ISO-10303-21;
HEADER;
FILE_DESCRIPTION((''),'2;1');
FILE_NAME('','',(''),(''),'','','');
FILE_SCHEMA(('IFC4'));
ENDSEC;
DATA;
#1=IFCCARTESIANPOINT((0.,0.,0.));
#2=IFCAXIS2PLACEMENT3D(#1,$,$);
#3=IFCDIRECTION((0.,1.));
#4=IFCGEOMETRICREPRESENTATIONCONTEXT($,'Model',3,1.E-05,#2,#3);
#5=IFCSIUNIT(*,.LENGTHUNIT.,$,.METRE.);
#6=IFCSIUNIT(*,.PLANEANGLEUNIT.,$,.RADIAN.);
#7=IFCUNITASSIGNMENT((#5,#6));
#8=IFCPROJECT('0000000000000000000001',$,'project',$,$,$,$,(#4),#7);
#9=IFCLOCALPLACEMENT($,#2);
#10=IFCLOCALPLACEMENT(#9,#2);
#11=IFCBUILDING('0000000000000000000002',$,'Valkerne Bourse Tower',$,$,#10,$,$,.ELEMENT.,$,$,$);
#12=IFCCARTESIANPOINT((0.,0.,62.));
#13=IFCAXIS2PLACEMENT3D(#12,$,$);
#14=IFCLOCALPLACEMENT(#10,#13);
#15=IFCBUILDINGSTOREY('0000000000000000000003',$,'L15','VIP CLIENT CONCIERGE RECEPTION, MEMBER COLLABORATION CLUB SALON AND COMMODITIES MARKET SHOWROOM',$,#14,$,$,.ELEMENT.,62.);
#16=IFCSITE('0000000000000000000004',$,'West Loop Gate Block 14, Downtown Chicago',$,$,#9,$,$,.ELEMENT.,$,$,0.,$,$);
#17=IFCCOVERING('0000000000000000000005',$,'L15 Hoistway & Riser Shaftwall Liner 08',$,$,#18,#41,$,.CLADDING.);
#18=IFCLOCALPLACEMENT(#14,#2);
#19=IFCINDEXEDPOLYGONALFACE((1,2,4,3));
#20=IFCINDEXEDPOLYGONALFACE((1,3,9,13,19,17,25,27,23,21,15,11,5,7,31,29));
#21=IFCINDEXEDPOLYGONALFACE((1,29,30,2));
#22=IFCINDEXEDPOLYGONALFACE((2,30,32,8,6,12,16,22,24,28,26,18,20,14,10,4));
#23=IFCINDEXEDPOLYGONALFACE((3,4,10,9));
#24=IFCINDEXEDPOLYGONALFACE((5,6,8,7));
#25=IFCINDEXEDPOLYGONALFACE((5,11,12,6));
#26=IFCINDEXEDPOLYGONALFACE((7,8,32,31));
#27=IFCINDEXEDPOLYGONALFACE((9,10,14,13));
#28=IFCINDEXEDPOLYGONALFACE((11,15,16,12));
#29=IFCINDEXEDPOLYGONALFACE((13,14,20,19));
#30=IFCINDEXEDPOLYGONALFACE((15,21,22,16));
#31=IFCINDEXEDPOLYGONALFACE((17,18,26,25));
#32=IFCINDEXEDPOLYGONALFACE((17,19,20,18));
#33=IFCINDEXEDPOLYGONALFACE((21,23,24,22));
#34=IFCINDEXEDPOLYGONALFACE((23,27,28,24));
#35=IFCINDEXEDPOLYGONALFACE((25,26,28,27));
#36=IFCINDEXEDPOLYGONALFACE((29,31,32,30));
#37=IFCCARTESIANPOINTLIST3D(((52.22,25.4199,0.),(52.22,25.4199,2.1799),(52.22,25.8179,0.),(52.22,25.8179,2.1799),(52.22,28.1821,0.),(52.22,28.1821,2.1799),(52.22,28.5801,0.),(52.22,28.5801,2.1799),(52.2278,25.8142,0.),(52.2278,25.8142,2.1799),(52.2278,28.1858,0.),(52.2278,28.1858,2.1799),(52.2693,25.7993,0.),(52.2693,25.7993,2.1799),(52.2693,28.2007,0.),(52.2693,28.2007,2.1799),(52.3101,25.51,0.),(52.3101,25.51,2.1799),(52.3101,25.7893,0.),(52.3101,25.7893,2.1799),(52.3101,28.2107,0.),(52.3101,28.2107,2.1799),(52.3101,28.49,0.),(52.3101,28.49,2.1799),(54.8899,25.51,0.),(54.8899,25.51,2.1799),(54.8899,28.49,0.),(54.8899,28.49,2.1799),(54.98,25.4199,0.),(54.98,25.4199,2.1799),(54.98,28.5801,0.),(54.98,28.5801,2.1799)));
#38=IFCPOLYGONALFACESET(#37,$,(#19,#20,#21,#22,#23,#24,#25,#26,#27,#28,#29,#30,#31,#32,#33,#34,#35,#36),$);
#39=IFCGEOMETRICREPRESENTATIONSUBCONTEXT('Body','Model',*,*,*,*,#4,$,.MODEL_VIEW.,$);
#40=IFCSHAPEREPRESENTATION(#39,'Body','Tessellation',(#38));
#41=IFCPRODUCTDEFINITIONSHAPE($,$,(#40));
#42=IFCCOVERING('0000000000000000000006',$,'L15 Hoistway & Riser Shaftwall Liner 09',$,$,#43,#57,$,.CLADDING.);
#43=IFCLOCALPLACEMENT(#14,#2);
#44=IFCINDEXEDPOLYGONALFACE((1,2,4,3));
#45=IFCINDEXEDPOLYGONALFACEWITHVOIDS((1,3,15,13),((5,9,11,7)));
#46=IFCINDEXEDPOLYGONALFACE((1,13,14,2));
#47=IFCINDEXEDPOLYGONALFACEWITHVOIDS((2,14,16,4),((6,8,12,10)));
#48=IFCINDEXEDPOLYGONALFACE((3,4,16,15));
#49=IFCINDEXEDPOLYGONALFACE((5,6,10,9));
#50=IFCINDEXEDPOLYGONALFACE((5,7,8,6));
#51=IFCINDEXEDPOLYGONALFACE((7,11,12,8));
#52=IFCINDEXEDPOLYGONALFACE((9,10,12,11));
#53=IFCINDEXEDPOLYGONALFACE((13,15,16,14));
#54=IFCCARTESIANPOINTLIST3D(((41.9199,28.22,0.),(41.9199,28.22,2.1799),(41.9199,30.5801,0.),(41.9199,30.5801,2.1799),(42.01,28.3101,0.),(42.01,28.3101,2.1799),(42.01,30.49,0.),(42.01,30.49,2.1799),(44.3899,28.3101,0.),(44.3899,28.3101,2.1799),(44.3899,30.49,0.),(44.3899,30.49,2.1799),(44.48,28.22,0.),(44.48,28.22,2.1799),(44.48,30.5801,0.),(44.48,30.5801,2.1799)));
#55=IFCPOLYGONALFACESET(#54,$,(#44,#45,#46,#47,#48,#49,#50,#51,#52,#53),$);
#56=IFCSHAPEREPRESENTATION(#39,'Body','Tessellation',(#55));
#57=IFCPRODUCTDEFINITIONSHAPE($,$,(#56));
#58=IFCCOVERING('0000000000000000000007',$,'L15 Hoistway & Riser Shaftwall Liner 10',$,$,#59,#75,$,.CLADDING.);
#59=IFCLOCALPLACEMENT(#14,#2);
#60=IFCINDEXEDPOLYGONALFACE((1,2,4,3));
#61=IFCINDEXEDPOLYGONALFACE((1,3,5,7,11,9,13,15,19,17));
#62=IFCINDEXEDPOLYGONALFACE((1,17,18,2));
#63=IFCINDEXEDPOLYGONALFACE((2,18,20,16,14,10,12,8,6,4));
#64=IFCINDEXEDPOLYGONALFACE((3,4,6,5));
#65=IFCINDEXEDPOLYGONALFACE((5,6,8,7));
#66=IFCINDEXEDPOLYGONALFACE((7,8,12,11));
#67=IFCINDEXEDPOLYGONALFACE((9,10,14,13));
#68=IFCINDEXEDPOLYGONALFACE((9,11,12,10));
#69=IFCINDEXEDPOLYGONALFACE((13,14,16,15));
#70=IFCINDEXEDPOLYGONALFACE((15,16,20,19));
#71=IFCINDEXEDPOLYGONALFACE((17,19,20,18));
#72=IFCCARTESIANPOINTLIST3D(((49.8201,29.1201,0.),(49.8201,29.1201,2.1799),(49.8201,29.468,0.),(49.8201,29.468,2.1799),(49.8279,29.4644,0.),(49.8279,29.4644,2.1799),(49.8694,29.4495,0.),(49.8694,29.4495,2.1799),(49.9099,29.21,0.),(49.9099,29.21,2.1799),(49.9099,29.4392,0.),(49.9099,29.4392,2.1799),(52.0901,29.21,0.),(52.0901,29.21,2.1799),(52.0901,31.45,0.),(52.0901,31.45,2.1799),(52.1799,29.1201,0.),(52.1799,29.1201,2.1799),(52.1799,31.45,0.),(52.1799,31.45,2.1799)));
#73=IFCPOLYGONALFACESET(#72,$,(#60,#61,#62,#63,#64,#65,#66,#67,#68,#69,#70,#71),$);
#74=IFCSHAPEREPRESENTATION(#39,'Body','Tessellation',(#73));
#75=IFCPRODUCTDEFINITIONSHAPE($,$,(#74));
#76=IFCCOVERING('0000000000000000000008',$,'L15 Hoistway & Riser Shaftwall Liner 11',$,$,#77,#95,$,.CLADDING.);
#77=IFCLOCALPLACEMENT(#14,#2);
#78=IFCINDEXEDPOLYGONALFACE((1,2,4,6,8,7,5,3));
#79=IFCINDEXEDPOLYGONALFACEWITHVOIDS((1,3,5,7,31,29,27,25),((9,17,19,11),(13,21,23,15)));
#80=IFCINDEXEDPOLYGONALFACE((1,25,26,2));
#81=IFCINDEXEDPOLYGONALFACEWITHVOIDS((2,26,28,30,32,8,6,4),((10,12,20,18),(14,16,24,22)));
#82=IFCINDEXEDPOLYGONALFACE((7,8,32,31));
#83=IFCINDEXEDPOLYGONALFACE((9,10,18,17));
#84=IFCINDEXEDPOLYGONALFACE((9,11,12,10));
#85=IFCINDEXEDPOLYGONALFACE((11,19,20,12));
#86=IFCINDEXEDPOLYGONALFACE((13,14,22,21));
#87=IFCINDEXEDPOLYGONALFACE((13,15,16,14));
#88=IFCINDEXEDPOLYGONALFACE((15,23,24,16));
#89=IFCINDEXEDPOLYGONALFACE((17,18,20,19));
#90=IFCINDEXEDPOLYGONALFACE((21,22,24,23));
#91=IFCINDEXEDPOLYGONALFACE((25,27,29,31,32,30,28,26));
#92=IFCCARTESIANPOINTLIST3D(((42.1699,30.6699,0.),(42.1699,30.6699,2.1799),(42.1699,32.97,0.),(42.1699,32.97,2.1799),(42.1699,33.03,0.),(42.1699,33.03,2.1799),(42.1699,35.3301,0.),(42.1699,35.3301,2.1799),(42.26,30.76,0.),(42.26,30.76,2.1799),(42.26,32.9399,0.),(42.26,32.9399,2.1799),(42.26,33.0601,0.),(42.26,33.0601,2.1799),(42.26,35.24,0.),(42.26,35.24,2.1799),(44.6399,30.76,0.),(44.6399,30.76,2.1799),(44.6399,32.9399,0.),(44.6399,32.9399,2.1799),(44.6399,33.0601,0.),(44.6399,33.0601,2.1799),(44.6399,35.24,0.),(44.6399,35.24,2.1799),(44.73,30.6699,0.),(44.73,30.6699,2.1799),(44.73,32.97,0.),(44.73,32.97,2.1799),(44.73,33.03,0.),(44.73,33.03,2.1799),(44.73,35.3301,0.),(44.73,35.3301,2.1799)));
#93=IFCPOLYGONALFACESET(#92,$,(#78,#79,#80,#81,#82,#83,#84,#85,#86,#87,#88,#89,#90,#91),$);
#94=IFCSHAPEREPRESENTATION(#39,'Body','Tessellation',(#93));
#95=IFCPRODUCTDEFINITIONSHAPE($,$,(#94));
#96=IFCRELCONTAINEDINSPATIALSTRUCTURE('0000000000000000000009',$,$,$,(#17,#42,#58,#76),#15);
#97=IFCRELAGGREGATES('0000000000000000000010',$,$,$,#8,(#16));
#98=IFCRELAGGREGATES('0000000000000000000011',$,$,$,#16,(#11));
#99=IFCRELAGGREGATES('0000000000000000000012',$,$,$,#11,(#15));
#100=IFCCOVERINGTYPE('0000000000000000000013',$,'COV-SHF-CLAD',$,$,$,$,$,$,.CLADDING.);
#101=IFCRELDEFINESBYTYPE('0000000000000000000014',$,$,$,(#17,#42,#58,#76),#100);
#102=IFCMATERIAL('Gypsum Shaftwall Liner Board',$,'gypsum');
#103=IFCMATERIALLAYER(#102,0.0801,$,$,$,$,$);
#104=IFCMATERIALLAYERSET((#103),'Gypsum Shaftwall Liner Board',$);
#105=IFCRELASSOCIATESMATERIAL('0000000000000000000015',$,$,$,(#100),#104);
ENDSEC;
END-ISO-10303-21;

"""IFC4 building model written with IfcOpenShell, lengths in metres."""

from ifc_helpers import new_model, si_unit, direction, frame, origin, place, context, subcontext, project, spatial, polyline, outline, extrude, material, layer, layer_set, type_object, element, save


model = new_model("IFC4")

# Units and contexts
model_context = context("Model", 3, precision=1e-05, world=origin(), true_north=direction((0.0, 1.0)))
body_context = subcontext(model_context, "Body", "Model", "MODEL_VIEW")
ifc_project = project(units=[si_unit("LENGTHUNIT", "METRE"), si_unit("PLANEANGLEUNIT", "RADIAN")], contexts=[model_context])

# Site, building, storey
site_placement = place(None, origin())
site = spatial("IfcSite", under=ifc_project, at=site_placement, Name="West Loop Gate Block 14, Downtown Chicago", CompositionType="ELEMENT", RefElevation=0.0)
building_placement = place(site_placement, origin())
building = spatial("IfcBuilding", under=site, at=building_placement, Name="Valkerne Bourse Tower", CompositionType="ELEMENT")
storey_placement = place(building_placement, frame((0.0, 0.0, 62.0)))
storey = spatial("IfcBuildingStorey", under=building, at=storey_placement, Name="L15", Description="VIP CLIENT CONCIERGE RECEPTION, MEMBER COLLABORATION CLUB SALON AND COMMODITIES MARKET SHOWROOM", CompositionType="ELEMENT", Elevation=62.0)

# Coverings
ifc_material_1 = material(Name="Gypsum Shaftwall Liner Board", Category="gypsum")
ifc_layer_1 = layer(ifc_material_1, 0.0801)
ifc_layer_set_1 = layer_set([ifc_layer_1], Name="Gypsum Shaftwall Liner Board")
covering_type_1 = type_object("IfcCoveringType", Name="COV-SHF-CLAD", PredefinedType="CLADDING", material=ifc_layer_set_1)
covering_1_placement = place(storey_placement, origin())
element("IfcCovering", 1, at=covering_1_placement, inside=storey, type_object=covering_type_1, Name="L15 Hoistway & Riser Shaftwall Liner 08", PredefinedType="CLADDING", context=body_context, shape_type="SweptSolid", body=[
    extrude(outline(polyline([(54.98, 25.4199), (52.22, 25.4199), (52.22, 25.8179), (52.2278, 25.8142), (52.2693, 25.7993), (52.3101, 25.7893), (52.3101, 25.51), (54.8899, 25.51), (54.8899, 28.49), (52.3101, 28.49), (52.3101, 28.2107), (52.2693, 28.2007), (52.2278, 28.1858), (52.22, 28.1821), (52.22, 28.5801), (54.98, 28.5801), (54.98, 25.4199)])), origin(), (0.0, 0.0, 1.0), 2.1799),
])
covering_2_placement = place(storey_placement, origin())
element("IfcCovering", 2, at=covering_2_placement, inside=storey, type_object=covering_type_1, Name="L15 Hoistway & Riser Shaftwall Liner 09", PredefinedType="CLADDING", context=body_context, shape_type="SweptSolid", body=[
    extrude(outline(polyline([(44.48, 28.22), (41.9199, 28.22), (41.9199, 30.5801), (44.48, 30.5801), (44.48, 28.22)]), holes=[polyline([(42.01, 30.49), (42.01, 28.3101), (44.3899, 28.3101), (44.3899, 30.49), (42.01, 30.49)])]), origin(), (0.0, 0.0, 1.0), 2.1799),
])
covering_3_placement = place(storey_placement, origin())
element("IfcCovering", 3, at=covering_3_placement, inside=storey, type_object=covering_type_1, Name="L15 Hoistway & Riser Shaftwall Liner 10", PredefinedType="CLADDING", context=body_context, shape_type="SweptSolid", body=[
    extrude(outline(polyline([(49.8201, 29.1201), (49.8201, 29.468), (49.8279, 29.4644), (49.8694, 29.4495), (49.9099, 29.4392), (49.9099, 29.21), (52.0901, 29.21), (52.0901, 31.45), (52.1799, 31.45), (52.1799, 29.1201), (49.8201, 29.1201)])), origin(), (0.0, 0.0, 1.0), 2.1799),
])
covering_4_placement = place(storey_placement, origin())
element("IfcCovering", 4, at=covering_4_placement, inside=storey, type_object=covering_type_1, Name="L15 Hoistway & Riser Shaftwall Liner 11", PredefinedType="CLADDING", context=body_context, shape_type="SweptSolid", body=[
    extrude(outline(polyline([(44.73, 35.3301), (44.73, 33.03), (44.73, 32.97), (44.73, 30.6699), (42.1699, 30.6699), (42.1699, 32.97), (42.1699, 33.03), (42.1699, 35.3301), (44.73, 35.3301)]), holes=[polyline([(42.26, 30.76), (44.6399, 30.76), (44.6399, 32.9399), (42.26, 32.9399), (42.26, 30.76)]), polyline([(42.26, 33.0601), (44.6399, 33.0601), (44.6399, 35.24), (42.26, 35.24), (42.26, 33.0601)])]), origin(), (0.0, 0.0, 1.0), 2.1799),
])

save(model, "model.ifc")
